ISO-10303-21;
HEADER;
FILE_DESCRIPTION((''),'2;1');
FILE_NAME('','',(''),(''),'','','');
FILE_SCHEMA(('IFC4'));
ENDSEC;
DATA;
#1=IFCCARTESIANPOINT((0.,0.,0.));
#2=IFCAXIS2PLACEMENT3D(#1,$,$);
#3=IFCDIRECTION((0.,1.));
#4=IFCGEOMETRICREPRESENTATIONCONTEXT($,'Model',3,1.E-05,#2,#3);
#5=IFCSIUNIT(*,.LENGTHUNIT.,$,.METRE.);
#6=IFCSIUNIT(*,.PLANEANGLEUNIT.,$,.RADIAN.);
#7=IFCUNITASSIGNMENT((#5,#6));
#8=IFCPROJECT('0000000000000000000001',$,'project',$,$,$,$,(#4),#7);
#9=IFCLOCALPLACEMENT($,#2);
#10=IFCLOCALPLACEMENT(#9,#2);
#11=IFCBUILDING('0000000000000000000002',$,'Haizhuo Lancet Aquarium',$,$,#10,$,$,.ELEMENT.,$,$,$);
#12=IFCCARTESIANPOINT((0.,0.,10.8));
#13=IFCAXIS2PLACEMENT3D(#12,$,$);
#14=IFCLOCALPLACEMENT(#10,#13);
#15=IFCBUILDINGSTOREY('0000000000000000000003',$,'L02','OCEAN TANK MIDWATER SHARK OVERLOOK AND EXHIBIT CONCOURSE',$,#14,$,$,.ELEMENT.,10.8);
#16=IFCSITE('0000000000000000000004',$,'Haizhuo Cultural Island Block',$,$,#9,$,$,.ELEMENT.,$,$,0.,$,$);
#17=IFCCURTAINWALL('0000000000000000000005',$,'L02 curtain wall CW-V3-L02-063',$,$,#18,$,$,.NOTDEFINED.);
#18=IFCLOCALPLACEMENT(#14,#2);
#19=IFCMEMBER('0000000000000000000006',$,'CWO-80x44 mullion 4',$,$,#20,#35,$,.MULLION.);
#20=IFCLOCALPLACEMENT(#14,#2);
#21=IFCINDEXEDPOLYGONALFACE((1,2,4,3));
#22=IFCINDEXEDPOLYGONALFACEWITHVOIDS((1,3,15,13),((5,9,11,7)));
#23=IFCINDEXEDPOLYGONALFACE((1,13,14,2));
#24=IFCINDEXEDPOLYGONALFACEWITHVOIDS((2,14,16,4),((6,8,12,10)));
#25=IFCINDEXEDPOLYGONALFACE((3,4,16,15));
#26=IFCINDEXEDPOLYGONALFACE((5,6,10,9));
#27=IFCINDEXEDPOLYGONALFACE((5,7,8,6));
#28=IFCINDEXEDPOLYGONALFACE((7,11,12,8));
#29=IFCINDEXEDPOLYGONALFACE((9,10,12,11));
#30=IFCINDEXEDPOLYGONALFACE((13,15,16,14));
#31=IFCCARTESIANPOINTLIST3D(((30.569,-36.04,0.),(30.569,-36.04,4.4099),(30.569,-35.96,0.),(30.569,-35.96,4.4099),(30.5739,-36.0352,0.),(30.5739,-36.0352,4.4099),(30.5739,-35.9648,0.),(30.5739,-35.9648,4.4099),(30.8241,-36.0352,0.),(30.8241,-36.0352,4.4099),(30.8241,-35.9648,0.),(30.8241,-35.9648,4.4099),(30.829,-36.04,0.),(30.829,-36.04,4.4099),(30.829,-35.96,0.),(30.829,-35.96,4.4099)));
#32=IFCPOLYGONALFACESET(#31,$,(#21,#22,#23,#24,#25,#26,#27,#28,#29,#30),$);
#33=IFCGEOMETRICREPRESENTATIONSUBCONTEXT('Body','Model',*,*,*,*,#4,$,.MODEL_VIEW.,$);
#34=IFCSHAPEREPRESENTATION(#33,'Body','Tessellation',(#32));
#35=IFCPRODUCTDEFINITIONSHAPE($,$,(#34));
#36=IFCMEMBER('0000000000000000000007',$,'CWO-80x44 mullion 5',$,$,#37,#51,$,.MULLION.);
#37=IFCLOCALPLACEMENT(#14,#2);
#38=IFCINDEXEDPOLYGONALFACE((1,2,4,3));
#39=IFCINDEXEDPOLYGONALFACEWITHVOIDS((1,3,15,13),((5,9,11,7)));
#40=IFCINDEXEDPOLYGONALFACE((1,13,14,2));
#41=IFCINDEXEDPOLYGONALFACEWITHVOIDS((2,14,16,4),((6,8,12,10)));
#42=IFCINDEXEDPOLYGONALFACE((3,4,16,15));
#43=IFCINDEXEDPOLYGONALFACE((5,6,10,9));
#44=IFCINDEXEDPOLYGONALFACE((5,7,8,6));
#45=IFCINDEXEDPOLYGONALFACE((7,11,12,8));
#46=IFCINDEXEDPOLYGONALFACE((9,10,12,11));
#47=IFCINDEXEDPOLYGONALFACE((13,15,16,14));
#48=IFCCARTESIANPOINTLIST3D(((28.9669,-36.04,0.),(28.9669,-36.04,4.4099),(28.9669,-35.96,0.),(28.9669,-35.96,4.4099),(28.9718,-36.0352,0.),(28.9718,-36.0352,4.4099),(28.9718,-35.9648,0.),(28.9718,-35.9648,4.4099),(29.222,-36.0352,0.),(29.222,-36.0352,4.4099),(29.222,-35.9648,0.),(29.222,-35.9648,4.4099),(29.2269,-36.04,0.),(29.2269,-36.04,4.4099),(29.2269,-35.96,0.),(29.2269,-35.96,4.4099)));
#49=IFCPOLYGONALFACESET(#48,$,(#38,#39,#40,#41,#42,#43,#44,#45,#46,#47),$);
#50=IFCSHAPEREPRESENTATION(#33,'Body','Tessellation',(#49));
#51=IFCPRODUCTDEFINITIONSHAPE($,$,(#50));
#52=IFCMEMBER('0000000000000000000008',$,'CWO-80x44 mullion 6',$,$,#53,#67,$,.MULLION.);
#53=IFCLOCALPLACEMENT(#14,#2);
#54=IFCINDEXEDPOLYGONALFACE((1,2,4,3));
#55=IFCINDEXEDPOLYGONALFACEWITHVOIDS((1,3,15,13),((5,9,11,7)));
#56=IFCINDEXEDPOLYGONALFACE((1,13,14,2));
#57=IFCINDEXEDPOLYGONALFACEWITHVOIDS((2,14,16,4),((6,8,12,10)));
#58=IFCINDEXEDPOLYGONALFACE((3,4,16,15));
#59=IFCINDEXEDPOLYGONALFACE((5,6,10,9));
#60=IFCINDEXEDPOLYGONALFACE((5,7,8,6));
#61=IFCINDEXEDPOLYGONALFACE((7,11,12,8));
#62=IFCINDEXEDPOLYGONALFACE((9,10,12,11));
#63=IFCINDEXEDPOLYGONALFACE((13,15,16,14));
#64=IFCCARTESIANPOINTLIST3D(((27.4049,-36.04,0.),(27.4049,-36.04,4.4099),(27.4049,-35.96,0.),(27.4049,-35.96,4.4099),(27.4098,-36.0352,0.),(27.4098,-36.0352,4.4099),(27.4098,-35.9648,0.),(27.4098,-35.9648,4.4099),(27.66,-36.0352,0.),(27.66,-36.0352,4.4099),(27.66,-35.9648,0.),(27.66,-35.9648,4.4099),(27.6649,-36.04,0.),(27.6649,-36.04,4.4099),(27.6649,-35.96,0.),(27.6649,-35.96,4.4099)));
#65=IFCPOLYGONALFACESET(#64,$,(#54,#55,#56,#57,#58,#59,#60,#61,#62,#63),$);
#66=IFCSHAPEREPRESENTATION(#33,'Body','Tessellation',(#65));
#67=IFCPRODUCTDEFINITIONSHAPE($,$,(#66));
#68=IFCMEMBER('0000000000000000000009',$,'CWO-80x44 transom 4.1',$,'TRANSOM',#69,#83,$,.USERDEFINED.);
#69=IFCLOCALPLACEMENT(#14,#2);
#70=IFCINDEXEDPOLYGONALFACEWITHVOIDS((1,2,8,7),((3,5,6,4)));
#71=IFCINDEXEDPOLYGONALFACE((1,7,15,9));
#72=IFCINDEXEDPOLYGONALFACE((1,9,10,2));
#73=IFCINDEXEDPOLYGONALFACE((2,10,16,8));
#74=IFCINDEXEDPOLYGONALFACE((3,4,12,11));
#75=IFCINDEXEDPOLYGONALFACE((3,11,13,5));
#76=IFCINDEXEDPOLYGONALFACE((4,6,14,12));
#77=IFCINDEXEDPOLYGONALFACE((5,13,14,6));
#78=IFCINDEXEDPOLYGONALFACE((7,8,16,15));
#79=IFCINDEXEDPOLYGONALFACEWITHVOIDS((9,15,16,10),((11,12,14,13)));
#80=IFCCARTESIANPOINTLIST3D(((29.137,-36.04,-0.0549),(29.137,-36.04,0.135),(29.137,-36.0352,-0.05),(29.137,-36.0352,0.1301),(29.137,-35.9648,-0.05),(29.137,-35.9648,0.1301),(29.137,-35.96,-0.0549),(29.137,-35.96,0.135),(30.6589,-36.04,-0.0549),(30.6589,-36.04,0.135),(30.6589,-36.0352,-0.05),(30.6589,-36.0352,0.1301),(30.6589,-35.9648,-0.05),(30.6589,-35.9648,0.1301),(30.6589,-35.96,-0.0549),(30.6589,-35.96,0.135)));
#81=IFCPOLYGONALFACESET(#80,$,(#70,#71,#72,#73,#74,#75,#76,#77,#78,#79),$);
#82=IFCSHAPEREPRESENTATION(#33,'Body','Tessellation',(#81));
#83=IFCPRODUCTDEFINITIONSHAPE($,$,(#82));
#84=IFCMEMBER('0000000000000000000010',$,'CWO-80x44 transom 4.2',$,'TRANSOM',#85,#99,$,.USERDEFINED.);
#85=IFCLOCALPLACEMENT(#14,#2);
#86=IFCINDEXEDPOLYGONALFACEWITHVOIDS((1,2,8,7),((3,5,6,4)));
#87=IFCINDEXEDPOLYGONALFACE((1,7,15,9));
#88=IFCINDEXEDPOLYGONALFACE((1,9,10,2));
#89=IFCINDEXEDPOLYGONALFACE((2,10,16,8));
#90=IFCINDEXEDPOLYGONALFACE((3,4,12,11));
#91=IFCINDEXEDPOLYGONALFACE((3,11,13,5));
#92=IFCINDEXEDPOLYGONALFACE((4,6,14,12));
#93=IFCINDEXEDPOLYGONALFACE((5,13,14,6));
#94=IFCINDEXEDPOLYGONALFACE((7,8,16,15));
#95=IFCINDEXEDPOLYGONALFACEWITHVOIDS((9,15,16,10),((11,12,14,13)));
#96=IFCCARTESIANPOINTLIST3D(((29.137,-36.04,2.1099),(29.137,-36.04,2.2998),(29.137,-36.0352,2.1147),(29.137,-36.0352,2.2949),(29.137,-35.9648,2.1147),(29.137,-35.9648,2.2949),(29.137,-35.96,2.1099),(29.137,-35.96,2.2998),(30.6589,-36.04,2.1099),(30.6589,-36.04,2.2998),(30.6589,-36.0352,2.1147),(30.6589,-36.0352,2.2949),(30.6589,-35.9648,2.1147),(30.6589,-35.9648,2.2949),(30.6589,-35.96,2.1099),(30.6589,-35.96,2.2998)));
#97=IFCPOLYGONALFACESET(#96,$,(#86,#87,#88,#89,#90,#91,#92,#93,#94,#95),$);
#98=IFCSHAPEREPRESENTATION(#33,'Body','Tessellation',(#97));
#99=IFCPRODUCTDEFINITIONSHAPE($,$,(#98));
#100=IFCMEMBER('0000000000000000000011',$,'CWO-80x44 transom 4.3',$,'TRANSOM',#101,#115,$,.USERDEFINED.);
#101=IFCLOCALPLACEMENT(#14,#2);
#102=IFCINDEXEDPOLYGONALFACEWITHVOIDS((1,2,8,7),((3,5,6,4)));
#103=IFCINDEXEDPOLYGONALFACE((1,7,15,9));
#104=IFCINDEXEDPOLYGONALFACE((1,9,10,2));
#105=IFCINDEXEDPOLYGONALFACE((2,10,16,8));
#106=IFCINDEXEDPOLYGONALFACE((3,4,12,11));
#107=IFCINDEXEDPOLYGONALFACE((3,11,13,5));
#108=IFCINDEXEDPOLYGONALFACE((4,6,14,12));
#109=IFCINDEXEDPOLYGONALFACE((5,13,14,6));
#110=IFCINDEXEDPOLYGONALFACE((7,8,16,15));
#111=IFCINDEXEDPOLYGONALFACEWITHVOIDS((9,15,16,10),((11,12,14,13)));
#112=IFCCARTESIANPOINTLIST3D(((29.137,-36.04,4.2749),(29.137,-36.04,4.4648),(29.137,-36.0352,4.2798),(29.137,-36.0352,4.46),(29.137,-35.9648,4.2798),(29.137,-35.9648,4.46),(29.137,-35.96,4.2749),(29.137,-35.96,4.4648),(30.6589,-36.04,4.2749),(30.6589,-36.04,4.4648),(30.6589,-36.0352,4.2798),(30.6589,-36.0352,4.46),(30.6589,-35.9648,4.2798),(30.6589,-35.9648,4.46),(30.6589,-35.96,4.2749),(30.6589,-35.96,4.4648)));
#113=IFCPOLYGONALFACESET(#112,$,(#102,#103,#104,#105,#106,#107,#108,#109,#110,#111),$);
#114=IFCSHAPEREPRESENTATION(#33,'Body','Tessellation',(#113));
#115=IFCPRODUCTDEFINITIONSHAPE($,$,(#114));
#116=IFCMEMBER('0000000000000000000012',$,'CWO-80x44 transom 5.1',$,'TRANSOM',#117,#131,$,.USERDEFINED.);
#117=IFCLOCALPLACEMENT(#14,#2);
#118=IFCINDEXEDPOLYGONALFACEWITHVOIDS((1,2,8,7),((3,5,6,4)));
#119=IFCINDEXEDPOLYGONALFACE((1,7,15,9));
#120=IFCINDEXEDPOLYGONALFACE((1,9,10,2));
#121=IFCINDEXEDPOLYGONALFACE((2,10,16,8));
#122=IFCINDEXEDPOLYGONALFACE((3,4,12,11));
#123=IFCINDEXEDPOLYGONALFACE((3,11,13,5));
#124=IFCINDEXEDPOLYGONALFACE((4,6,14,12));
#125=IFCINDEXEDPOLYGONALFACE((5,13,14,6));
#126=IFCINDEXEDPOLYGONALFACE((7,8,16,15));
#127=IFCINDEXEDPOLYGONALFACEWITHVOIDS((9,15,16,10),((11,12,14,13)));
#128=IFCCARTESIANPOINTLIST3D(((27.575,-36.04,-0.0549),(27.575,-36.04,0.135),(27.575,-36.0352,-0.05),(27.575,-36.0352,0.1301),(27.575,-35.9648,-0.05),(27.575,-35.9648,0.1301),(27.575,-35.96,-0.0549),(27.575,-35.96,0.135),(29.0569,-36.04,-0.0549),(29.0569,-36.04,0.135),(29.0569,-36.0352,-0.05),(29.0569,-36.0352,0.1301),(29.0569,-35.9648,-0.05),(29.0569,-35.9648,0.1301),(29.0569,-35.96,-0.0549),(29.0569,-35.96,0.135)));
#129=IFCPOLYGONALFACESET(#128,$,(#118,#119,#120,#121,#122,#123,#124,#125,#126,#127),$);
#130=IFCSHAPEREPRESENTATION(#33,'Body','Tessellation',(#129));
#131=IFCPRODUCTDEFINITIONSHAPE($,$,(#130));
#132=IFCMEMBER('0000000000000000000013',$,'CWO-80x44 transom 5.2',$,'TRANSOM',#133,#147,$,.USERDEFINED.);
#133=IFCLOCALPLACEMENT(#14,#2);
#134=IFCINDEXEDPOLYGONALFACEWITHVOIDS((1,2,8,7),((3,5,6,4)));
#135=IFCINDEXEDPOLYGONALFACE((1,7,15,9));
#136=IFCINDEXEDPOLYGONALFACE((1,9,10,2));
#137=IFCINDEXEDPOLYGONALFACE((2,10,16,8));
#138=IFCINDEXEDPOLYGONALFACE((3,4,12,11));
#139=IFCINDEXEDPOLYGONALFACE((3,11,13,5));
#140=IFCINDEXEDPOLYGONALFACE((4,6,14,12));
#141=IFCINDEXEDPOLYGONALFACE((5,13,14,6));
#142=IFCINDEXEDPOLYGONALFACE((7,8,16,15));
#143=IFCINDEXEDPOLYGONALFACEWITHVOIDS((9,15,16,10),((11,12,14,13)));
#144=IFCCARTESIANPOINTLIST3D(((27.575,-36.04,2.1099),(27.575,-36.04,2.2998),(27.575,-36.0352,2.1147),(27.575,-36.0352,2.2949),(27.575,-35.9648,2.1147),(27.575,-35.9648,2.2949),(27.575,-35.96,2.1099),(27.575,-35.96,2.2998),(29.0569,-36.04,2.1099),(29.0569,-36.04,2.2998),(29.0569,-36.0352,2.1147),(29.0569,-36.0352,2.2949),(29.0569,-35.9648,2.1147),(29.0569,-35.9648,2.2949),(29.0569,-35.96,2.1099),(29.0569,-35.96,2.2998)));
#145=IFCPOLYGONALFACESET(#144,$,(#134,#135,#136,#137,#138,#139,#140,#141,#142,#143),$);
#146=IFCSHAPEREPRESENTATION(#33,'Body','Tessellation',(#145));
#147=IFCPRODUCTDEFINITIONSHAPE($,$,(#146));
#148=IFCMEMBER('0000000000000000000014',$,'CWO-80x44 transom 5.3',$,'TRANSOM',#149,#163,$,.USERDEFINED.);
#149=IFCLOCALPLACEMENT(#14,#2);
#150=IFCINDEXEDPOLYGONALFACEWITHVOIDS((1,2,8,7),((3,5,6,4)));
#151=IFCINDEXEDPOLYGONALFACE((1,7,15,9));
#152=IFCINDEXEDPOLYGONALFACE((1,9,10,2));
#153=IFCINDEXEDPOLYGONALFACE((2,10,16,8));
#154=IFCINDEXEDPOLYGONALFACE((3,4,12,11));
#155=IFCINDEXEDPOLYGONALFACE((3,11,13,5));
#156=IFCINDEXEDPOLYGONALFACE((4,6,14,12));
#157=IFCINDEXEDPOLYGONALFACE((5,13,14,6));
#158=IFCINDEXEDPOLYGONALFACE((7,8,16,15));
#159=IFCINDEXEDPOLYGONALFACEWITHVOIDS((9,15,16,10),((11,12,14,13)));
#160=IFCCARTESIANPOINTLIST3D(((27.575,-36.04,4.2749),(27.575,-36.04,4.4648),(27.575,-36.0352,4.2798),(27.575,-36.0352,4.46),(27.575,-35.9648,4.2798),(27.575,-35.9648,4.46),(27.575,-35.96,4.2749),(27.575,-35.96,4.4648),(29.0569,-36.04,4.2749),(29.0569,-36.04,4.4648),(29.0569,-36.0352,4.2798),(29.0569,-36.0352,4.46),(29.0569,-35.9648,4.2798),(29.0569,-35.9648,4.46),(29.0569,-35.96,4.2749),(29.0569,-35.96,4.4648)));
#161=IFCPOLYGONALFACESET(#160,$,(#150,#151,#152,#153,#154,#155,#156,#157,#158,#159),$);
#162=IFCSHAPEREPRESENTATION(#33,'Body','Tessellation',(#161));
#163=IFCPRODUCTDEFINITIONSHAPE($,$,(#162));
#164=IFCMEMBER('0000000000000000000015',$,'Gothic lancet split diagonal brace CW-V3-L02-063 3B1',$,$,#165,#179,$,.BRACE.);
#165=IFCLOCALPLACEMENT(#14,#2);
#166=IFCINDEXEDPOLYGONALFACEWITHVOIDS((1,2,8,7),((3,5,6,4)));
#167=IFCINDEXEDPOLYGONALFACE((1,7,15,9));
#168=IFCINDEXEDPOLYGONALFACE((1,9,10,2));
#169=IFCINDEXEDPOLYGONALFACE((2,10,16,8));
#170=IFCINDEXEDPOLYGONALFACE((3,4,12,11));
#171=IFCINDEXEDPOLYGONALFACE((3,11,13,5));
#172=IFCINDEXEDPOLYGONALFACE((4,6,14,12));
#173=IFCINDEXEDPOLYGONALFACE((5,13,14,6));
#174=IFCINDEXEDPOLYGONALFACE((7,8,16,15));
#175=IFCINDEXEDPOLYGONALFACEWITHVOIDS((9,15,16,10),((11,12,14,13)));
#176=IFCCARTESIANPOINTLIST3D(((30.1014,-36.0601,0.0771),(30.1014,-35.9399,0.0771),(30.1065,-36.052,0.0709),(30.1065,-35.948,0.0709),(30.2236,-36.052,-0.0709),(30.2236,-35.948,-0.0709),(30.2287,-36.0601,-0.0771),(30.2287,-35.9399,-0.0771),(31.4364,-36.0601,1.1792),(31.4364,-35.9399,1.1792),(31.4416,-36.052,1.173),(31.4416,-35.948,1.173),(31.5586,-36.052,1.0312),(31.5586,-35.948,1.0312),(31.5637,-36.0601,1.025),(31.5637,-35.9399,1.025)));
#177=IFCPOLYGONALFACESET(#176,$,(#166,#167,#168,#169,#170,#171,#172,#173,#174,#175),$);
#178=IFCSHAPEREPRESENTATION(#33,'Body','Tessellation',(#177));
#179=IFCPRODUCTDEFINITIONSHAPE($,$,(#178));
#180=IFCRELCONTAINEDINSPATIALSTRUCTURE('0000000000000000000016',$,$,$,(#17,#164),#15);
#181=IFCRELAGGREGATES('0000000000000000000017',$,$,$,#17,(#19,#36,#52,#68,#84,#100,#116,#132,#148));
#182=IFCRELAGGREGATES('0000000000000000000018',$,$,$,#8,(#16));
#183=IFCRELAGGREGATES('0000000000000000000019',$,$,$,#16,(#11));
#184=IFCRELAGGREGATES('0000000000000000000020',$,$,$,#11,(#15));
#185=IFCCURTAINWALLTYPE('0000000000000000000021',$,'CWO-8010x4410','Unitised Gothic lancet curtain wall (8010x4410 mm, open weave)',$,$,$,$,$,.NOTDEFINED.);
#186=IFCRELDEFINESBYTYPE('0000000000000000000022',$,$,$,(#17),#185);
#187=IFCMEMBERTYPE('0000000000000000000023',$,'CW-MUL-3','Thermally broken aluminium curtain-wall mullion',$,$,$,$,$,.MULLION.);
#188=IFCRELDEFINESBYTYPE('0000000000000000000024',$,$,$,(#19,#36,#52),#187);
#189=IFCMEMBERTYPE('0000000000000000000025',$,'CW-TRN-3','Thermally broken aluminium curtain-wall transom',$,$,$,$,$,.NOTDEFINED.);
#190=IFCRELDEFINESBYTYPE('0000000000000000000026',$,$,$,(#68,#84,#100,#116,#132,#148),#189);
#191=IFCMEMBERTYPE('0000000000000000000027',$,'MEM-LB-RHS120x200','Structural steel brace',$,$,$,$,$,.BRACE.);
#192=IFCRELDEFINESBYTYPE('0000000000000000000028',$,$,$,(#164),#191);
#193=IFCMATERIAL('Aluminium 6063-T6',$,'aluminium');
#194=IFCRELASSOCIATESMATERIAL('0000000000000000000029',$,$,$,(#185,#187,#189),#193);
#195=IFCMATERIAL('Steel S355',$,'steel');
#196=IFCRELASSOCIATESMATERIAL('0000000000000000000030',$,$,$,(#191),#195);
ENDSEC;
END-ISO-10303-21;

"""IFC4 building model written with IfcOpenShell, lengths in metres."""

from ifc_helpers import new_model, si_unit, direction, frame, origin, origin_2d, place, context, subcontext, project, spatial, hollow_rectangle, extrude, material, material_profile, profile_set, type_object, element, aggregate, save


model = new_model("IFC4")

# Units and contexts
model_context = context("Model", 3, precision=1e-05, world=origin(), true_north=direction((0.0, 1.0)))
body_context = subcontext(model_context, "Body", "Model", "MODEL_VIEW")
ifc_project = project(units=[si_unit("LENGTHUNIT", "METRE"), si_unit("PLANEANGLEUNIT", "RADIAN")], contexts=[model_context])

# Site, building, storey
site_placement = place(None, origin())
site = spatial("IfcSite", under=ifc_project, at=site_placement, Name="Haizhuo Cultural Island Block", CompositionType="ELEMENT", RefElevation=0.0)
building_placement = place(site_placement, origin())
building = spatial("IfcBuilding", under=site, at=building_placement, Name="Haizhuo Lancet Aquarium", CompositionType="ELEMENT")
storey_placement = place(building_placement, frame((0.0, 0.0, 10.8)))
storey = spatial("IfcBuildingStorey", under=building, at=storey_placement, Name="L02", Description="OCEAN TANK MIDWATER SHARK OVERLOOK AND EXHIBIT CONCOURSE", CompositionType="ELEMENT", Elevation=10.8)

# Curtain wall, members
ifc_material_1 = material(Name="Aluminium 6063-T6", Category="aluminium")
curtain_wall_type = type_object("IfcCurtainWallType", Name="CWO-8010x4410", Description="Unitised Gothic lancet curtain wall (8010x4410 mm, open weave)", PredefinedType="NOTDEFINED", material=ifc_material_1)
curtain_wall_placement = place(storey_placement, origin())
curtain_wall = element("IfcCurtainWall", 1, at=curtain_wall_placement, inside=storey, type_object=curtain_wall_type, Name="L02 curtain wall CW-V3-L02-063", PredefinedType="NOTDEFINED")
ifc_material_profile_1 = material_profile(ifc_material_1, hollow_rectangle(XDim=0.0801, YDim=0.26, WallThickness=0.0049, at=origin_2d()), Name="ALU-M 80x260x5")
ifc_profile_set_1 = profile_set([ifc_material_profile_1], Name="Aluminium 6063-T6")
member_type_1 = type_object("IfcMemberType", Name="CW-MUL-3", Description="Thermally broken aluminium curtain-wall mullion", PredefinedType="MULLION", material=ifc_profile_set_1)
member_1_placement = place(storey_placement, frame((30.699, -36.0, 0.0), z_axis=(0.0, 0.0, 1.0), x_axis=(0.0, -1.0, 0.0)))
member_1 = element("IfcMember", 2, at=member_1_placement, type_object=member_type_1, Name="CWO-80x44 mullion 4", PredefinedType="MULLION", context=body_context, shape_type="SweptSolid", body=[
    extrude(hollow_rectangle(XDim=0.0801, YDim=0.26, WallThickness=0.0049, at=origin_2d()), origin(), (0.0, 0.0, 1.0), 4.4099),
])
member_2_placement = place(storey_placement, frame((29.0969, -36.0, 0.0), z_axis=(0.0, 0.0, 1.0), x_axis=(0.0, -1.0, 0.0)))
member_2 = element("IfcMember", 3, at=member_2_placement, type_object=member_type_1, Name="CWO-80x44 mullion 5", PredefinedType="MULLION", context=body_context, shape_type="SweptSolid", body=[
    extrude(hollow_rectangle(XDim=0.0801, YDim=0.26, WallThickness=0.0049, at=origin_2d()), origin(), (0.0, 0.0, 1.0), 4.4099),
])
member_3_placement = place(storey_placement, frame((27.5349, -36.0, 0.0), z_axis=(0.0, 0.0, 1.0), x_axis=(0.0, -1.0, 0.0)))
member_3 = element("IfcMember", 4, at=member_3_placement, type_object=member_type_1, Name="CWO-80x44 mullion 6", PredefinedType="MULLION", context=body_context, shape_type="SweptSolid", body=[
    extrude(hollow_rectangle(XDim=0.0801, YDim=0.26, WallThickness=0.0049, at=origin_2d()), origin(), (0.0, 0.0, 1.0), 4.4099),
])
ifc_material_profile_2 = material_profile(ifc_material_1, hollow_rectangle(XDim=0.0801, YDim=0.1899, WallThickness=0.0049, at=origin_2d()), Name="ALU-T 80x190x5")
ifc_profile_set_2 = profile_set([ifc_material_profile_2], Name="Aluminium 6063-T6")
member_type_2 = type_object("IfcMemberType", Name="CW-TRN-3", Description="Thermally broken aluminium curtain-wall transom", PredefinedType="NOTDEFINED", material=ifc_profile_set_2)
member_4_placement = place(storey_placement, frame((30.6589, -36.0, 0.04), z_axis=(-1.0, 0.0, 0.0), x_axis=(0.0, -1.0, 0.0)))
member_4 = element("IfcMember", 5, at=member_4_placement, type_object=member_type_2, Name="CWO-80x44 transom 4.1", ObjectType="TRANSOM", PredefinedType="USERDEFINED", context=body_context, shape_type="SweptSolid", body=[
    extrude(hollow_rectangle(XDim=0.0801, YDim=0.1899, WallThickness=0.0049, at=origin_2d()), origin(), (0.0, 0.0, 1.0), 1.522),
])
member_5_placement = place(storey_placement, frame((30.6589, -36.0, 2.2048), z_axis=(-1.0, 0.0, 0.0), x_axis=(0.0, -1.0, 0.0)))
member_5 = element("IfcMember", 6, at=member_5_placement, type_object=member_type_2, Name="CWO-80x44 transom 4.2", ObjectType="TRANSOM", PredefinedType="USERDEFINED", context=body_context, shape_type="SweptSolid", body=[
    extrude(hollow_rectangle(XDim=0.0801, YDim=0.1899, WallThickness=0.0049, at=origin_2d()), origin(), (0.0, 0.0, 1.0), 1.522),
])
member_6_placement = place(storey_placement, frame((30.6589, -36.0, 4.3699), z_axis=(-1.0, 0.0, 0.0), x_axis=(0.0, -1.0, 0.0)))
member_6 = element("IfcMember", 7, at=member_6_placement, type_object=member_type_2, Name="CWO-80x44 transom 4.3", ObjectType="TRANSOM", PredefinedType="USERDEFINED", context=body_context, shape_type="SweptSolid", body=[
    extrude(hollow_rectangle(XDim=0.0801, YDim=0.1899, WallThickness=0.0049, at=origin_2d()), origin(), (0.0, 0.0, 1.0), 1.522),
])
member_7_placement = place(storey_placement, frame((29.0569, -36.0, 0.04), z_axis=(-1.0, 0.0, 0.0), x_axis=(0.0, -1.0, 0.0)))
member_7 = element("IfcMember", 8, at=member_7_placement, type_object=member_type_2, Name="CWO-80x44 transom 5.1", ObjectType="TRANSOM", PredefinedType="USERDEFINED", context=body_context, shape_type="SweptSolid", body=[
    extrude(hollow_rectangle(XDim=0.0801, YDim=0.1899, WallThickness=0.0049, at=origin_2d()), origin(), (0.0, 0.0, 1.0), 1.4819),
])
member_8_placement = place(storey_placement, frame((29.0569, -36.0, 2.2048), z_axis=(-1.0, 0.0, 0.0), x_axis=(0.0, -1.0, 0.0)))
member_8 = element("IfcMember", 9, at=member_8_placement, type_object=member_type_2, Name="CWO-80x44 transom 5.2", ObjectType="TRANSOM", PredefinedType="USERDEFINED", context=body_context, shape_type="SweptSolid", body=[
    extrude(hollow_rectangle(XDim=0.0801, YDim=0.1899, WallThickness=0.0049, at=origin_2d()), origin(), (0.0, 0.0, 1.0), 1.4819),
])
member_9_placement = place(storey_placement, frame((29.0569, -36.0, 4.3699), z_axis=(-1.0, 0.0, 0.0), x_axis=(0.0, -1.0, 0.0)))
member_9 = element("IfcMember", 10, at=member_9_placement, type_object=member_type_2, Name="CWO-80x44 transom 5.3", ObjectType="TRANSOM", PredefinedType="USERDEFINED", context=body_context, shape_type="SweptSolid", body=[
    extrude(hollow_rectangle(XDim=0.0801, YDim=0.1899, WallThickness=0.0049, at=origin_2d()), origin(), (0.0, 0.0, 1.0), 1.4819),
])

# Member
ifc_material_2 = material(Name="Steel S355", Category="steel")
ifc_material_profile_3 = material_profile(ifc_material_2, hollow_rectangle(XDim=0.1201, YDim=0.2, WallThickness=0.0081, at=origin_2d()), Name="RHS 120x200x8")
ifc_profile_set_3 = profile_set([ifc_material_profile_3], Name="Steel S355")
member_type_3 = type_object("IfcMemberType", Name="MEM-LB-RHS120x200", Description="Structural steel brace", PredefinedType="BRACE", material=ifc_profile_set_3)
member_10_placement = place(storey_placement, frame((30.165, -36.0, 0.0), z_axis=(0.771172, 0.0, 0.636626), x_axis=(0.0, 1.0, 0.0)))
element("IfcMember", 11, at=member_10_placement, inside=storey, type_object=member_type_3, Name="Gothic lancet split diagonal brace CW-V3-L02-063 3B1", PredefinedType="BRACE", context=body_context, shape_type="SweptSolid", body=[
    extrude(hollow_rectangle(XDim=0.1201, YDim=0.2, WallThickness=0.0081, at=origin_2d()), origin(), (0.0, 0.0, 1.0), 1.7312),
])

aggregate(curtain_wall, [member_1, member_2, member_3, member_4, member_5, member_6, member_7, member_8, member_9])

save(model, "model.ifc")
